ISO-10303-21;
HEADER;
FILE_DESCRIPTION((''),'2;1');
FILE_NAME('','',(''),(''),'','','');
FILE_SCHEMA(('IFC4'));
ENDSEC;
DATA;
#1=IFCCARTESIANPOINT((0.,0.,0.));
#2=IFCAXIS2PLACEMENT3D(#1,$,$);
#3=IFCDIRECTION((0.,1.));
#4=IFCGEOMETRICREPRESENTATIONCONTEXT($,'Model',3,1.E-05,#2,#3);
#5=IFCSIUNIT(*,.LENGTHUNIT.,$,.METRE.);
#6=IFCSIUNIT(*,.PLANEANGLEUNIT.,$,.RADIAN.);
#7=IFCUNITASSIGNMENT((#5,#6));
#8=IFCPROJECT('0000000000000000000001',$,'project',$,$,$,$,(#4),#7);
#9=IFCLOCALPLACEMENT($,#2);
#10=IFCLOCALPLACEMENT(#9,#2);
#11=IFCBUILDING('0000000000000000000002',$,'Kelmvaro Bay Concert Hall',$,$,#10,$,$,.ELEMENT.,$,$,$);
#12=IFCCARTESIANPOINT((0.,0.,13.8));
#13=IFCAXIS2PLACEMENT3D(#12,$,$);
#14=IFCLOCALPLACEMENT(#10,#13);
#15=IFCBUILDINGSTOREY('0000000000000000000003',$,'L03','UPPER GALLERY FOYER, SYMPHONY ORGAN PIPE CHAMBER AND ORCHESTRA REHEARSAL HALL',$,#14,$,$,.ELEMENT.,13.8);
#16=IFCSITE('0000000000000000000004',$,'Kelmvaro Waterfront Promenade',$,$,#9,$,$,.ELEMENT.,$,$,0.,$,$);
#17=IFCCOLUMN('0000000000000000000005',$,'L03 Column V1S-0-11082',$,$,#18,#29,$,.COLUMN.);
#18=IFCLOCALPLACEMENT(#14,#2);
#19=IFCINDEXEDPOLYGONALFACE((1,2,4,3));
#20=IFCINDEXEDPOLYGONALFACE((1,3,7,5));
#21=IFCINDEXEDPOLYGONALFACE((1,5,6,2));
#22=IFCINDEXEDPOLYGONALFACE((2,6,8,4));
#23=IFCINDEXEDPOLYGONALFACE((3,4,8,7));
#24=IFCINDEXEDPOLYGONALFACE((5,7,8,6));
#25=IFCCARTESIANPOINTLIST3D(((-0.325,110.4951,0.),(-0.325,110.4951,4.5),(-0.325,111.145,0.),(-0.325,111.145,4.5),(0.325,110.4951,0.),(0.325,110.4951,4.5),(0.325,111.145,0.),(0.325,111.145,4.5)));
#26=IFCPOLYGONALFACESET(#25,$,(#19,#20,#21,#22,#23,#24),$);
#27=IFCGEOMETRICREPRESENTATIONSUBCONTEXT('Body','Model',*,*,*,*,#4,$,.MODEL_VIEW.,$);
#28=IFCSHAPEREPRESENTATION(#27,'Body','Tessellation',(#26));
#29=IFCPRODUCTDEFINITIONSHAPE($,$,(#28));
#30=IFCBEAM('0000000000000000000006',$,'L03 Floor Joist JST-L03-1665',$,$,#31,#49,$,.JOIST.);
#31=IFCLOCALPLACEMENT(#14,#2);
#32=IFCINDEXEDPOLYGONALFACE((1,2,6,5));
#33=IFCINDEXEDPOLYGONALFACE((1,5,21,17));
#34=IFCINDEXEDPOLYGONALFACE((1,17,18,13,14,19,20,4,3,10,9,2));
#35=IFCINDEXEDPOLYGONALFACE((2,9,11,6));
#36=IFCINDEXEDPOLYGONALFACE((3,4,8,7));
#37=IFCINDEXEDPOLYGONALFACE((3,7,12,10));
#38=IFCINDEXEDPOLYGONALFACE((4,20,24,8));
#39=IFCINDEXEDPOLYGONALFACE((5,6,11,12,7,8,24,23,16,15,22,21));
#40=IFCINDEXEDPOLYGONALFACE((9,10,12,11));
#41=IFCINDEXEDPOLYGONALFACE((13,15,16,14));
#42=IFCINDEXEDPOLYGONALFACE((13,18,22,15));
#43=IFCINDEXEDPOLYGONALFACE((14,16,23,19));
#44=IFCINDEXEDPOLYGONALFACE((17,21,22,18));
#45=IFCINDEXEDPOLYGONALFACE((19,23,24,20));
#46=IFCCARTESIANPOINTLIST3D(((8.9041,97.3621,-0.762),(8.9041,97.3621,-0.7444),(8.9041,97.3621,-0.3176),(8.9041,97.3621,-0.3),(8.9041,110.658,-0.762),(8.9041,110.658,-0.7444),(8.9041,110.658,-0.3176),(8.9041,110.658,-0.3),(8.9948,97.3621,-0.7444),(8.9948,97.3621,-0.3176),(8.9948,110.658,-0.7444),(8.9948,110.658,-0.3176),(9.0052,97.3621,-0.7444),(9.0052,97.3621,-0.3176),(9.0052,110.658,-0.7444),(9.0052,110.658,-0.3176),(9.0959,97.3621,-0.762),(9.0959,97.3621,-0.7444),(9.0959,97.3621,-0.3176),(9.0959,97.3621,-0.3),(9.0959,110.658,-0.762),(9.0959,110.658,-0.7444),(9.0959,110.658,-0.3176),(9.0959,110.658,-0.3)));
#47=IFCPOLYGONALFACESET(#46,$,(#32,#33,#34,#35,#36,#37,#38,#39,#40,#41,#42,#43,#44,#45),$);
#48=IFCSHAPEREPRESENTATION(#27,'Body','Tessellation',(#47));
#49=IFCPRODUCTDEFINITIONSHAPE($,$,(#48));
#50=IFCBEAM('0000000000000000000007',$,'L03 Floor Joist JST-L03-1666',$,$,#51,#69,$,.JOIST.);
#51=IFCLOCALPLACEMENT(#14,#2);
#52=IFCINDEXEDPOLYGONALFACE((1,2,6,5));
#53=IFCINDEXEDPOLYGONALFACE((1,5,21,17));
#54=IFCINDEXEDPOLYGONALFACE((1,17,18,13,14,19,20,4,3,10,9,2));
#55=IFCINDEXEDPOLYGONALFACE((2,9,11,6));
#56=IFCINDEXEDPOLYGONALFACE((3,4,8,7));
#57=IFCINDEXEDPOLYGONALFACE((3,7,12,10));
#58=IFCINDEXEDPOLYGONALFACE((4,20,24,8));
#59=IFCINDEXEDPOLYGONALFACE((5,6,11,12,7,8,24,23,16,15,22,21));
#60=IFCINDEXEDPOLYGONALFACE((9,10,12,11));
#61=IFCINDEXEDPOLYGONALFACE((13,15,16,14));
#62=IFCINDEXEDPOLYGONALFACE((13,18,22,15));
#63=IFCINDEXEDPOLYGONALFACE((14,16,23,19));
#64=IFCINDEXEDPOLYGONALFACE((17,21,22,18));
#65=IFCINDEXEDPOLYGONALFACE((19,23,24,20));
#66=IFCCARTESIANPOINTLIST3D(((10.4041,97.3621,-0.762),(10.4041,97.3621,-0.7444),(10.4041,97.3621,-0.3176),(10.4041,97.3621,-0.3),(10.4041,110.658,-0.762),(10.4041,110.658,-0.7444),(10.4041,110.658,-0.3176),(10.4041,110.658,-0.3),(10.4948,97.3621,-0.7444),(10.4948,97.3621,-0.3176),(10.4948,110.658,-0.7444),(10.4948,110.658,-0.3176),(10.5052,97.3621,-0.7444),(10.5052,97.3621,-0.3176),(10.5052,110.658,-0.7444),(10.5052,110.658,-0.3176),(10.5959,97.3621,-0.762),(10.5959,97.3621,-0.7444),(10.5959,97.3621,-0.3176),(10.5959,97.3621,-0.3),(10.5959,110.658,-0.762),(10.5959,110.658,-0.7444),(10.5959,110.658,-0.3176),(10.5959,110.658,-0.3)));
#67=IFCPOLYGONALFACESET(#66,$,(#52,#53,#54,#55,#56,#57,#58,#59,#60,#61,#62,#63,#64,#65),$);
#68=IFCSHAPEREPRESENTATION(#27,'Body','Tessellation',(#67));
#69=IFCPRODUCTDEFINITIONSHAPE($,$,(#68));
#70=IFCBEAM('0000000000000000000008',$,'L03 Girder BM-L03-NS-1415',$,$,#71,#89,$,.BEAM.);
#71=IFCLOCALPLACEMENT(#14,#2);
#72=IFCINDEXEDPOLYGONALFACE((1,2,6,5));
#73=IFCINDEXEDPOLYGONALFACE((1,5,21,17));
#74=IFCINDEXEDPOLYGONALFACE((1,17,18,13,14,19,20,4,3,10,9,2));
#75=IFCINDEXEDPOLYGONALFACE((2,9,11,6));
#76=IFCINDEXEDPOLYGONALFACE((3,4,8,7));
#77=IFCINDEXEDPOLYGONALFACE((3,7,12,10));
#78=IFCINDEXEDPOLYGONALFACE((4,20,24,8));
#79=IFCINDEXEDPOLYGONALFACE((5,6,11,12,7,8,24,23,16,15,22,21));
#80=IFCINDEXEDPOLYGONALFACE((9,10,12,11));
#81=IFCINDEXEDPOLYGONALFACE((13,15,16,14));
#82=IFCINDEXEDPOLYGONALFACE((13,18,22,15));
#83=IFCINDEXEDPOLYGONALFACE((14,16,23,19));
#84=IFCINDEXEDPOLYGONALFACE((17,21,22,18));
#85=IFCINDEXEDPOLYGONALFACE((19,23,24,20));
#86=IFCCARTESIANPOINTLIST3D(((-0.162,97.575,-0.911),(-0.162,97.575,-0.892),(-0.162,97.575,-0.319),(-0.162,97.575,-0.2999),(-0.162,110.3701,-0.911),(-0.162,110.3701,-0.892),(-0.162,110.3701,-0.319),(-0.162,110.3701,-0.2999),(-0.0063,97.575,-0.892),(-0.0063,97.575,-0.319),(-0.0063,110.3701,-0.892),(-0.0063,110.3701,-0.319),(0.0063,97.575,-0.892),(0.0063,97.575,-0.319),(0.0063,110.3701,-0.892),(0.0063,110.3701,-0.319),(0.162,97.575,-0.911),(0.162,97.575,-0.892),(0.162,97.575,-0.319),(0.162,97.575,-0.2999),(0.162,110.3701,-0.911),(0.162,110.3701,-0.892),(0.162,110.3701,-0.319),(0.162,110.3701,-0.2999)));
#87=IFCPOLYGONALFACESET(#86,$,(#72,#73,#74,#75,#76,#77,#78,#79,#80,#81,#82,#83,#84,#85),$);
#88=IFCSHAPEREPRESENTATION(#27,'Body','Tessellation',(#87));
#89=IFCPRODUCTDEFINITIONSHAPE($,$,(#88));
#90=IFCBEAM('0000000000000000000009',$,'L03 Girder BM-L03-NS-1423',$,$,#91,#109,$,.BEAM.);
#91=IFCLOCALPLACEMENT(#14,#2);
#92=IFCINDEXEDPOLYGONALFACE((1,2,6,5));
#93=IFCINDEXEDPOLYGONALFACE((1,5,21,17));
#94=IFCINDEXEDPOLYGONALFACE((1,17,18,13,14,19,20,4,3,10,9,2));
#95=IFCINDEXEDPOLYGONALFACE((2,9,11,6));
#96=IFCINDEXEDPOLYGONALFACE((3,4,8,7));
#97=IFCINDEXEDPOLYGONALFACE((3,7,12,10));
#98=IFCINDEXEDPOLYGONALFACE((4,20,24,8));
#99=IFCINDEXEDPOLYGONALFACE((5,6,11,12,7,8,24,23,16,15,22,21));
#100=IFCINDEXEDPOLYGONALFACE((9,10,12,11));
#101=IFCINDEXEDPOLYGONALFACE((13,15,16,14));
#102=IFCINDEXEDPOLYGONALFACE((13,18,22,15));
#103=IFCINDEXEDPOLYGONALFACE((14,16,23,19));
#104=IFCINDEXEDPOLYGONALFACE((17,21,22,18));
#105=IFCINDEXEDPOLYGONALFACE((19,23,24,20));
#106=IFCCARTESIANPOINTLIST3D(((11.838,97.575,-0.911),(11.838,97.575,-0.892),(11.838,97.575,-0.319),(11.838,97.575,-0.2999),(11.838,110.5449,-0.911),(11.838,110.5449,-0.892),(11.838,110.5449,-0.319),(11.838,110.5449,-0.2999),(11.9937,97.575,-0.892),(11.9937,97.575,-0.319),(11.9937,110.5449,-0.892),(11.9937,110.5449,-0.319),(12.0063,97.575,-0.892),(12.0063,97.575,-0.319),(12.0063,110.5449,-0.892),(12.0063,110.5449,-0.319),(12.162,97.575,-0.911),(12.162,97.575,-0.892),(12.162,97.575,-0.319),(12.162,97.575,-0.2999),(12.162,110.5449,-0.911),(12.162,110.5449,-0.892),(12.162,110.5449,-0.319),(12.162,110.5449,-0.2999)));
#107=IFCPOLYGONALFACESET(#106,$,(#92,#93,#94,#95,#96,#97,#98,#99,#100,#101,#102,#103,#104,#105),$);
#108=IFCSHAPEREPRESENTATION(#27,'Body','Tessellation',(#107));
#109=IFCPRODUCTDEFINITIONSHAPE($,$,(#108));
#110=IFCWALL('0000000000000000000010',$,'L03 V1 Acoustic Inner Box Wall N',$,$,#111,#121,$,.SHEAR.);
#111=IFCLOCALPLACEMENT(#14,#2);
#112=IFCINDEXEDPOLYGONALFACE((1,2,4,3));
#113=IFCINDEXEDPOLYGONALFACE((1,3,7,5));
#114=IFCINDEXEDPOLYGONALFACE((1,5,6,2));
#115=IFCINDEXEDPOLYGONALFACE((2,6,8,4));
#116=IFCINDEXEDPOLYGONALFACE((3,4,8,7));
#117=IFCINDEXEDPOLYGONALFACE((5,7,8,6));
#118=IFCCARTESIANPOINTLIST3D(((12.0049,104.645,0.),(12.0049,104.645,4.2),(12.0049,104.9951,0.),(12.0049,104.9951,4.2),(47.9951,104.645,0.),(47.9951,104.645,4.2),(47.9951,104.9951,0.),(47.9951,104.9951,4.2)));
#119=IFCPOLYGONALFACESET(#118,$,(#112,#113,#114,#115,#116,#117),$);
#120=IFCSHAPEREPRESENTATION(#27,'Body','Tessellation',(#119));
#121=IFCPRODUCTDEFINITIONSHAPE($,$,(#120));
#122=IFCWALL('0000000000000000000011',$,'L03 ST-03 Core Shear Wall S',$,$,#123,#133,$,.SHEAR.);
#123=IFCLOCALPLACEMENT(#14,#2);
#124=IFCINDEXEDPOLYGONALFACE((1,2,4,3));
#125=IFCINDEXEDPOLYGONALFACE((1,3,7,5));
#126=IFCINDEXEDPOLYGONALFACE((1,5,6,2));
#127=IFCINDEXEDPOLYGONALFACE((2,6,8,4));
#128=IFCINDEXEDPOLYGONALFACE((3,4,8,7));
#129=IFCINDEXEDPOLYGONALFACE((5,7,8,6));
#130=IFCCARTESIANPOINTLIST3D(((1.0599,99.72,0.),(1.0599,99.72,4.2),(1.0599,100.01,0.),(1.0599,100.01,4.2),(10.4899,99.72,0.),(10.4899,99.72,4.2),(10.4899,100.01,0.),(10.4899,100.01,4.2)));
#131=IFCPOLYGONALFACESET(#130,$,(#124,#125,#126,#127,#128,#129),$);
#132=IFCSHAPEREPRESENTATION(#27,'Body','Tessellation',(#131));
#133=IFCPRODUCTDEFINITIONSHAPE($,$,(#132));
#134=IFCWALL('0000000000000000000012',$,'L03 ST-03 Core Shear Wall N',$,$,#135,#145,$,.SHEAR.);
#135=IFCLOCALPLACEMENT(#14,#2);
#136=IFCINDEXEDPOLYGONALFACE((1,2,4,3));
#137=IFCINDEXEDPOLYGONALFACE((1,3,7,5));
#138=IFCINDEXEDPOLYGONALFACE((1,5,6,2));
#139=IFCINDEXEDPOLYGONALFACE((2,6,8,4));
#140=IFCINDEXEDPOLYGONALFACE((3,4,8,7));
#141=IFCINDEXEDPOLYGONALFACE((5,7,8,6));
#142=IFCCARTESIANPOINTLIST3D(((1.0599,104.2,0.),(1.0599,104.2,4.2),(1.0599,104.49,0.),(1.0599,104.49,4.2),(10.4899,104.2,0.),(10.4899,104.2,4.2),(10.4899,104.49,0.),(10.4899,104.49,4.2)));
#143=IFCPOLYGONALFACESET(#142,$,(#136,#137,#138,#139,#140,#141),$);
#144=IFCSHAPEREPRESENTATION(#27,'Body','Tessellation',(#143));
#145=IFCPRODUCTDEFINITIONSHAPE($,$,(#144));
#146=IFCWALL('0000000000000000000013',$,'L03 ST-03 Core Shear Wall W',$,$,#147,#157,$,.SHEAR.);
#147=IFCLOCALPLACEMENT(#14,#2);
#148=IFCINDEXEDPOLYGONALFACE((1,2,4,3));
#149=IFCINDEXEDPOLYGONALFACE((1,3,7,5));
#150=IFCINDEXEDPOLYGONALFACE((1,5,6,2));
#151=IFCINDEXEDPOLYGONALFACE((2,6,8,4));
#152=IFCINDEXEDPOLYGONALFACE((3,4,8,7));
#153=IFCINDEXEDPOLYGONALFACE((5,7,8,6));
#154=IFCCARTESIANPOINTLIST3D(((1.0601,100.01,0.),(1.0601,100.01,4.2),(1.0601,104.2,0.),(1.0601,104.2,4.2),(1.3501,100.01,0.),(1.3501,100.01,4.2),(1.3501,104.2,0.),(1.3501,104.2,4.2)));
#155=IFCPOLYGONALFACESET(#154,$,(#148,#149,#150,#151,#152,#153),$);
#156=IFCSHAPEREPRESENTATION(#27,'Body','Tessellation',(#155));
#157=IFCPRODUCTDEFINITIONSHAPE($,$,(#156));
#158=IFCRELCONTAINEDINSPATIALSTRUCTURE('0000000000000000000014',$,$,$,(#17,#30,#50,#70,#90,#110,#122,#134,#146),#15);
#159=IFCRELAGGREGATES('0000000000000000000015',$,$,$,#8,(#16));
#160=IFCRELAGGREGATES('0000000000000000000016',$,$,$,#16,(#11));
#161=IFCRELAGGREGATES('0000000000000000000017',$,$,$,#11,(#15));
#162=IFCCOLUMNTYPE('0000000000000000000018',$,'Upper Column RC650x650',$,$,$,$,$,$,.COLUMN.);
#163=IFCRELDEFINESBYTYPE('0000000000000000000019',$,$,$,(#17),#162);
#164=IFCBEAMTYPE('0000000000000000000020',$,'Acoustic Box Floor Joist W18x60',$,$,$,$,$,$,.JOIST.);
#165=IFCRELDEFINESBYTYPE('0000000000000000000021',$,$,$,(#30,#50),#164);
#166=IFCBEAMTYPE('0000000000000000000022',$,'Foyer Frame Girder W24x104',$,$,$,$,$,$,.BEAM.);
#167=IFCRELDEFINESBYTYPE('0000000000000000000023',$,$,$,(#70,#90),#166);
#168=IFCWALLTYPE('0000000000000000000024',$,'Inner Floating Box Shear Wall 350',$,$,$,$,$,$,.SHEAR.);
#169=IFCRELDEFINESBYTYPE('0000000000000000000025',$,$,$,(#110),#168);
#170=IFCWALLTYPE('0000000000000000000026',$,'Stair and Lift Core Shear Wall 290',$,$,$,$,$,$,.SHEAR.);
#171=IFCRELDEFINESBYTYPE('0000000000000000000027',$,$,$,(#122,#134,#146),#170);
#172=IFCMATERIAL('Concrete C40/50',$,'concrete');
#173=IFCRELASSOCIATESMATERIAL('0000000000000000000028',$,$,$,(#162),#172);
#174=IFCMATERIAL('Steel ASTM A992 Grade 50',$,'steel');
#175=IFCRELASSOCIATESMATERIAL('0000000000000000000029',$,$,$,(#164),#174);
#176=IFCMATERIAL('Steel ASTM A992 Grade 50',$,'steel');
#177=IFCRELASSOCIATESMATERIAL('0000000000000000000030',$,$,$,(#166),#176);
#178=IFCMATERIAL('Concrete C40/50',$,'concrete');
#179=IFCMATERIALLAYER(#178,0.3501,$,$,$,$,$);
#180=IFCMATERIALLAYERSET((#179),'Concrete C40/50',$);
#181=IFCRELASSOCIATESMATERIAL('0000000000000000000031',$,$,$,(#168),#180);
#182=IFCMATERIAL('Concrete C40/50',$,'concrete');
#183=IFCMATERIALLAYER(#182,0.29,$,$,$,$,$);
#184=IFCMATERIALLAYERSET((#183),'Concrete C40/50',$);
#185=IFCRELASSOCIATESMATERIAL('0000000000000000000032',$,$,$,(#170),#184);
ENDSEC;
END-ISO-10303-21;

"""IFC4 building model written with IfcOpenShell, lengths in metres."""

from ifc_helpers import new_model, si_unit, direction, frame, frame_2d, origin, origin_2d, place, context, subcontext, project, spatial, rectangle, i_section, extrude, material, layer, layer_set, material_profile, profile_set, type_object, element, save


model = new_model("IFC4")

# Units and contexts
model_context = context("Model", 3, precision=1e-05, world=origin(), true_north=direction((0.0, 1.0)))
body_context = subcontext(model_context, "Body", "Model", "MODEL_VIEW")
ifc_project = project(units=[si_unit("LENGTHUNIT", "METRE"), si_unit("PLANEANGLEUNIT", "RADIAN")], contexts=[model_context])

# Site, building, storey
site_placement = place(None, origin())
site = spatial("IfcSite", under=ifc_project, at=site_placement, Name="Kelmvaro Waterfront Promenade", CompositionType="ELEMENT", RefElevation=0.0)
building_placement = place(site_placement, origin())
building = spatial("IfcBuilding", under=site, at=building_placement, Name="Kelmvaro Bay Concert Hall", CompositionType="ELEMENT")
storey_placement = place(building_placement, frame((0.0, 0.0, 13.8)))
storey = spatial("IfcBuildingStorey", under=building, at=storey_placement, Name="L03", Description="UPPER GALLERY FOYER, SYMPHONY ORGAN PIPE CHAMBER AND ORCHESTRA REHEARSAL HALL", CompositionType="ELEMENT", Elevation=13.8)

# Column
ifc_material_1 = material(Name="Concrete C40/50", Category="concrete")
ifc_material_profile_1 = material_profile(ifc_material_1, rectangle(XDim=0.6499, YDim=0.6499, at=origin_2d()), Name="RC-COL-650X650")
ifc_profile_set_1 = profile_set([ifc_material_profile_1], Name="Concrete C40/50")
column_type = type_object("IfcColumnType", Name="Upper Column RC650x650", PredefinedType="COLUMN", material=ifc_profile_set_1)
column_placement = place(storey_placement, frame((0.0, 110.8201, 0.0), z_axis=(0.0, 0.0, 1.0), x_axis=(1.0, 0.0, 0.0)))
element("IfcColumn", 1, at=column_placement, inside=storey, type_object=column_type, Name="L03 Column V1S-0-11082", PredefinedType="COLUMN", context=body_context, shape_type="SweptSolid", body=[
    extrude(rectangle(XDim=0.6499, YDim=0.6499, at=origin_2d()), origin(), (0.0, 0.0, 1.0), 4.5),
])

# Beams
ifc_material_2 = material(Name="Steel ASTM A992 Grade 50", Category="steel")
ifc_material_profile_2 = material_profile(ifc_material_2, i_section(OverallWidth=0.1919, OverallDepth=0.4619, WebThickness=0.0105, FlangeThickness=0.0176, at=origin_2d()), Name="W18X60")
ifc_profile_set_2 = profile_set([ifc_material_profile_2], Name="Steel ASTM A992 Grade 50")
beam_type_1 = type_object("IfcBeamType", Name="Acoustic Box Floor Joist W18x60", PredefinedType="JOIST", material=ifc_profile_set_2)
for number, where, z_axis, x_axis, name in (
    (2, (9.0, 97.3621, -0.531), (0.0, 1.0, 0.0), (-1.0, 0.0, 0.0), "L03 Floor Joist JST-L03-1665"),
    (3, (10.5, 97.3621, -0.531), (0.0, 1.0, 0.0), (-1.0, 0.0, 0.0), "L03 Floor Joist JST-L03-1666"),
):
    element("IfcBeam", number, at=place(storey_placement, frame(where, z_axis=z_axis, x_axis=x_axis)), inside=storey, type_object=beam_type_1, Name=name, PredefinedType="JOIST", context=body_context, shape_type="SweptSolid", body=[
        extrude(i_section(OverallWidth=0.1919, OverallDepth=0.4619, WebThickness=0.0105, FlangeThickness=0.0176, at=origin_2d()), origin(), (0.0, 0.0, 1.0), 13.2959),
    ])
ifc_material_3 = material(Name="Steel ASTM A992 Grade 50", Category="steel")
ifc_material_profile_3 = material_profile(ifc_material_3, i_section(OverallWidth=0.324, OverallDepth=0.6111, WebThickness=0.0127, FlangeThickness=0.019, at=origin_2d()), Name="W24X104")
ifc_profile_set_3 = profile_set([ifc_material_profile_3], Name="Steel ASTM A992 Grade 50")
beam_type_2 = type_object("IfcBeamType", Name="Foyer Frame Girder W24x104", PredefinedType="BEAM", material=ifc_profile_set_3)
beam_1_placement = place(storey_placement, frame((0.0, 97.575, -0.6055), z_axis=(0.0, 1.0, 0.0), x_axis=(-1.0, 0.0, 0.0)))
element("IfcBeam", 4, at=beam_1_placement, inside=storey, type_object=beam_type_2, Name="L03 Girder BM-L03-NS-1415", PredefinedType="BEAM", context=body_context, shape_type="SweptSolid", body=[
    extrude(i_section(OverallWidth=0.324, OverallDepth=0.6111, WebThickness=0.0127, FlangeThickness=0.019, at=origin_2d()), origin(), (0.0, 0.0, 1.0), 12.7952),
])
beam_2_placement = place(storey_placement, frame((12.0, 97.575, -0.6055), z_axis=(0.0, 1.0, 0.0), x_axis=(-1.0, 0.0, 0.0)))
element("IfcBeam", 5, at=beam_2_placement, inside=storey, type_object=beam_type_2, Name="L03 Girder BM-L03-NS-1423", PredefinedType="BEAM", context=body_context, shape_type="SweptSolid", body=[
    extrude(i_section(OverallWidth=0.324, OverallDepth=0.6111, WebThickness=0.0127, FlangeThickness=0.019, at=origin_2d()), origin(), (0.0, 0.0, 1.0), 12.97),
])

# Walls
ifc_material_4 = material(Name="Concrete C40/50", Category="concrete")
ifc_layer_1 = layer(ifc_material_4, 0.3501)
ifc_layer_set_1 = layer_set([ifc_layer_1], Name="Concrete C40/50")
wall_type_1 = type_object("IfcWallType", Name="Inner Floating Box Shear Wall 350", PredefinedType="SHEAR", material=ifc_layer_set_1)
wall_1_placement = place(storey_placement, frame((12.0049, 104.8201, 0.0), z_axis=(0.0, 0.0, 1.0), x_axis=(1.0, 0.0, 0.0)))
element("IfcWall", 6, at=wall_1_placement, inside=storey, type_object=wall_type_1, Name="L03 V1 Acoustic Inner Box Wall N", PredefinedType="SHEAR", context=body_context, shape_type="SweptSolid", body=[
    extrude(rectangle(XDim=35.9902, YDim=0.3501, at=frame_2d((17.9951, 0.0))), origin(), (0.0, 0.0, 1.0), 4.2),
])
ifc_material_5 = material(Name="Concrete C40/50", Category="concrete")
ifc_layer_2 = layer(ifc_material_5, 0.29)
ifc_layer_set_2 = layer_set([ifc_layer_2], Name="Concrete C40/50")
wall_type_2 = type_object("IfcWallType", Name="Stair and Lift Core Shear Wall 290", PredefinedType="SHEAR", material=ifc_layer_set_2)
for number, where, z_axis, x_axis, name in (
    (7, (1.0601, 99.865, 0.0), (0.0, 0.0, 1.0), (1.0, 0.0, 0.0), "L03 ST-03 Core Shear Wall S"),
    (8, (1.0601, 104.345, 0.0), (0.0, 0.0, 1.0), (1.0, 0.0, 0.0), "L03 ST-03 Core Shear Wall N"),
):
    element("IfcWall", number, at=place(storey_placement, frame(where, z_axis=z_axis, x_axis=x_axis)), inside=storey, type_object=wall_type_2, Name=name, PredefinedType="SHEAR", context=body_context, shape_type="SweptSolid", body=[
        extrude(rectangle(XDim=9.4299, YDim=0.29, at=frame_2d((4.7148, 0.0))), origin(), (0.0, 0.0, 1.0), 4.2),
    ])
wall_2_placement = place(storey_placement, frame((1.2051, 100.01, 0.0), z_axis=(0.0, 0.0, 1.0), x_axis=(0.0, 1.0, 0.0)))
element("IfcWall", 9, at=wall_2_placement, inside=storey, type_object=wall_type_2, Name="L03 ST-03 Core Shear Wall W", PredefinedType="SHEAR", context=body_context, shape_type="SweptSolid", body=[
    extrude(rectangle(XDim=4.1899, YDim=0.29, at=frame_2d((2.095, 0.0))), origin(), (0.0, 0.0, 1.0), 4.2),
])

save(model, "model.ifc")
